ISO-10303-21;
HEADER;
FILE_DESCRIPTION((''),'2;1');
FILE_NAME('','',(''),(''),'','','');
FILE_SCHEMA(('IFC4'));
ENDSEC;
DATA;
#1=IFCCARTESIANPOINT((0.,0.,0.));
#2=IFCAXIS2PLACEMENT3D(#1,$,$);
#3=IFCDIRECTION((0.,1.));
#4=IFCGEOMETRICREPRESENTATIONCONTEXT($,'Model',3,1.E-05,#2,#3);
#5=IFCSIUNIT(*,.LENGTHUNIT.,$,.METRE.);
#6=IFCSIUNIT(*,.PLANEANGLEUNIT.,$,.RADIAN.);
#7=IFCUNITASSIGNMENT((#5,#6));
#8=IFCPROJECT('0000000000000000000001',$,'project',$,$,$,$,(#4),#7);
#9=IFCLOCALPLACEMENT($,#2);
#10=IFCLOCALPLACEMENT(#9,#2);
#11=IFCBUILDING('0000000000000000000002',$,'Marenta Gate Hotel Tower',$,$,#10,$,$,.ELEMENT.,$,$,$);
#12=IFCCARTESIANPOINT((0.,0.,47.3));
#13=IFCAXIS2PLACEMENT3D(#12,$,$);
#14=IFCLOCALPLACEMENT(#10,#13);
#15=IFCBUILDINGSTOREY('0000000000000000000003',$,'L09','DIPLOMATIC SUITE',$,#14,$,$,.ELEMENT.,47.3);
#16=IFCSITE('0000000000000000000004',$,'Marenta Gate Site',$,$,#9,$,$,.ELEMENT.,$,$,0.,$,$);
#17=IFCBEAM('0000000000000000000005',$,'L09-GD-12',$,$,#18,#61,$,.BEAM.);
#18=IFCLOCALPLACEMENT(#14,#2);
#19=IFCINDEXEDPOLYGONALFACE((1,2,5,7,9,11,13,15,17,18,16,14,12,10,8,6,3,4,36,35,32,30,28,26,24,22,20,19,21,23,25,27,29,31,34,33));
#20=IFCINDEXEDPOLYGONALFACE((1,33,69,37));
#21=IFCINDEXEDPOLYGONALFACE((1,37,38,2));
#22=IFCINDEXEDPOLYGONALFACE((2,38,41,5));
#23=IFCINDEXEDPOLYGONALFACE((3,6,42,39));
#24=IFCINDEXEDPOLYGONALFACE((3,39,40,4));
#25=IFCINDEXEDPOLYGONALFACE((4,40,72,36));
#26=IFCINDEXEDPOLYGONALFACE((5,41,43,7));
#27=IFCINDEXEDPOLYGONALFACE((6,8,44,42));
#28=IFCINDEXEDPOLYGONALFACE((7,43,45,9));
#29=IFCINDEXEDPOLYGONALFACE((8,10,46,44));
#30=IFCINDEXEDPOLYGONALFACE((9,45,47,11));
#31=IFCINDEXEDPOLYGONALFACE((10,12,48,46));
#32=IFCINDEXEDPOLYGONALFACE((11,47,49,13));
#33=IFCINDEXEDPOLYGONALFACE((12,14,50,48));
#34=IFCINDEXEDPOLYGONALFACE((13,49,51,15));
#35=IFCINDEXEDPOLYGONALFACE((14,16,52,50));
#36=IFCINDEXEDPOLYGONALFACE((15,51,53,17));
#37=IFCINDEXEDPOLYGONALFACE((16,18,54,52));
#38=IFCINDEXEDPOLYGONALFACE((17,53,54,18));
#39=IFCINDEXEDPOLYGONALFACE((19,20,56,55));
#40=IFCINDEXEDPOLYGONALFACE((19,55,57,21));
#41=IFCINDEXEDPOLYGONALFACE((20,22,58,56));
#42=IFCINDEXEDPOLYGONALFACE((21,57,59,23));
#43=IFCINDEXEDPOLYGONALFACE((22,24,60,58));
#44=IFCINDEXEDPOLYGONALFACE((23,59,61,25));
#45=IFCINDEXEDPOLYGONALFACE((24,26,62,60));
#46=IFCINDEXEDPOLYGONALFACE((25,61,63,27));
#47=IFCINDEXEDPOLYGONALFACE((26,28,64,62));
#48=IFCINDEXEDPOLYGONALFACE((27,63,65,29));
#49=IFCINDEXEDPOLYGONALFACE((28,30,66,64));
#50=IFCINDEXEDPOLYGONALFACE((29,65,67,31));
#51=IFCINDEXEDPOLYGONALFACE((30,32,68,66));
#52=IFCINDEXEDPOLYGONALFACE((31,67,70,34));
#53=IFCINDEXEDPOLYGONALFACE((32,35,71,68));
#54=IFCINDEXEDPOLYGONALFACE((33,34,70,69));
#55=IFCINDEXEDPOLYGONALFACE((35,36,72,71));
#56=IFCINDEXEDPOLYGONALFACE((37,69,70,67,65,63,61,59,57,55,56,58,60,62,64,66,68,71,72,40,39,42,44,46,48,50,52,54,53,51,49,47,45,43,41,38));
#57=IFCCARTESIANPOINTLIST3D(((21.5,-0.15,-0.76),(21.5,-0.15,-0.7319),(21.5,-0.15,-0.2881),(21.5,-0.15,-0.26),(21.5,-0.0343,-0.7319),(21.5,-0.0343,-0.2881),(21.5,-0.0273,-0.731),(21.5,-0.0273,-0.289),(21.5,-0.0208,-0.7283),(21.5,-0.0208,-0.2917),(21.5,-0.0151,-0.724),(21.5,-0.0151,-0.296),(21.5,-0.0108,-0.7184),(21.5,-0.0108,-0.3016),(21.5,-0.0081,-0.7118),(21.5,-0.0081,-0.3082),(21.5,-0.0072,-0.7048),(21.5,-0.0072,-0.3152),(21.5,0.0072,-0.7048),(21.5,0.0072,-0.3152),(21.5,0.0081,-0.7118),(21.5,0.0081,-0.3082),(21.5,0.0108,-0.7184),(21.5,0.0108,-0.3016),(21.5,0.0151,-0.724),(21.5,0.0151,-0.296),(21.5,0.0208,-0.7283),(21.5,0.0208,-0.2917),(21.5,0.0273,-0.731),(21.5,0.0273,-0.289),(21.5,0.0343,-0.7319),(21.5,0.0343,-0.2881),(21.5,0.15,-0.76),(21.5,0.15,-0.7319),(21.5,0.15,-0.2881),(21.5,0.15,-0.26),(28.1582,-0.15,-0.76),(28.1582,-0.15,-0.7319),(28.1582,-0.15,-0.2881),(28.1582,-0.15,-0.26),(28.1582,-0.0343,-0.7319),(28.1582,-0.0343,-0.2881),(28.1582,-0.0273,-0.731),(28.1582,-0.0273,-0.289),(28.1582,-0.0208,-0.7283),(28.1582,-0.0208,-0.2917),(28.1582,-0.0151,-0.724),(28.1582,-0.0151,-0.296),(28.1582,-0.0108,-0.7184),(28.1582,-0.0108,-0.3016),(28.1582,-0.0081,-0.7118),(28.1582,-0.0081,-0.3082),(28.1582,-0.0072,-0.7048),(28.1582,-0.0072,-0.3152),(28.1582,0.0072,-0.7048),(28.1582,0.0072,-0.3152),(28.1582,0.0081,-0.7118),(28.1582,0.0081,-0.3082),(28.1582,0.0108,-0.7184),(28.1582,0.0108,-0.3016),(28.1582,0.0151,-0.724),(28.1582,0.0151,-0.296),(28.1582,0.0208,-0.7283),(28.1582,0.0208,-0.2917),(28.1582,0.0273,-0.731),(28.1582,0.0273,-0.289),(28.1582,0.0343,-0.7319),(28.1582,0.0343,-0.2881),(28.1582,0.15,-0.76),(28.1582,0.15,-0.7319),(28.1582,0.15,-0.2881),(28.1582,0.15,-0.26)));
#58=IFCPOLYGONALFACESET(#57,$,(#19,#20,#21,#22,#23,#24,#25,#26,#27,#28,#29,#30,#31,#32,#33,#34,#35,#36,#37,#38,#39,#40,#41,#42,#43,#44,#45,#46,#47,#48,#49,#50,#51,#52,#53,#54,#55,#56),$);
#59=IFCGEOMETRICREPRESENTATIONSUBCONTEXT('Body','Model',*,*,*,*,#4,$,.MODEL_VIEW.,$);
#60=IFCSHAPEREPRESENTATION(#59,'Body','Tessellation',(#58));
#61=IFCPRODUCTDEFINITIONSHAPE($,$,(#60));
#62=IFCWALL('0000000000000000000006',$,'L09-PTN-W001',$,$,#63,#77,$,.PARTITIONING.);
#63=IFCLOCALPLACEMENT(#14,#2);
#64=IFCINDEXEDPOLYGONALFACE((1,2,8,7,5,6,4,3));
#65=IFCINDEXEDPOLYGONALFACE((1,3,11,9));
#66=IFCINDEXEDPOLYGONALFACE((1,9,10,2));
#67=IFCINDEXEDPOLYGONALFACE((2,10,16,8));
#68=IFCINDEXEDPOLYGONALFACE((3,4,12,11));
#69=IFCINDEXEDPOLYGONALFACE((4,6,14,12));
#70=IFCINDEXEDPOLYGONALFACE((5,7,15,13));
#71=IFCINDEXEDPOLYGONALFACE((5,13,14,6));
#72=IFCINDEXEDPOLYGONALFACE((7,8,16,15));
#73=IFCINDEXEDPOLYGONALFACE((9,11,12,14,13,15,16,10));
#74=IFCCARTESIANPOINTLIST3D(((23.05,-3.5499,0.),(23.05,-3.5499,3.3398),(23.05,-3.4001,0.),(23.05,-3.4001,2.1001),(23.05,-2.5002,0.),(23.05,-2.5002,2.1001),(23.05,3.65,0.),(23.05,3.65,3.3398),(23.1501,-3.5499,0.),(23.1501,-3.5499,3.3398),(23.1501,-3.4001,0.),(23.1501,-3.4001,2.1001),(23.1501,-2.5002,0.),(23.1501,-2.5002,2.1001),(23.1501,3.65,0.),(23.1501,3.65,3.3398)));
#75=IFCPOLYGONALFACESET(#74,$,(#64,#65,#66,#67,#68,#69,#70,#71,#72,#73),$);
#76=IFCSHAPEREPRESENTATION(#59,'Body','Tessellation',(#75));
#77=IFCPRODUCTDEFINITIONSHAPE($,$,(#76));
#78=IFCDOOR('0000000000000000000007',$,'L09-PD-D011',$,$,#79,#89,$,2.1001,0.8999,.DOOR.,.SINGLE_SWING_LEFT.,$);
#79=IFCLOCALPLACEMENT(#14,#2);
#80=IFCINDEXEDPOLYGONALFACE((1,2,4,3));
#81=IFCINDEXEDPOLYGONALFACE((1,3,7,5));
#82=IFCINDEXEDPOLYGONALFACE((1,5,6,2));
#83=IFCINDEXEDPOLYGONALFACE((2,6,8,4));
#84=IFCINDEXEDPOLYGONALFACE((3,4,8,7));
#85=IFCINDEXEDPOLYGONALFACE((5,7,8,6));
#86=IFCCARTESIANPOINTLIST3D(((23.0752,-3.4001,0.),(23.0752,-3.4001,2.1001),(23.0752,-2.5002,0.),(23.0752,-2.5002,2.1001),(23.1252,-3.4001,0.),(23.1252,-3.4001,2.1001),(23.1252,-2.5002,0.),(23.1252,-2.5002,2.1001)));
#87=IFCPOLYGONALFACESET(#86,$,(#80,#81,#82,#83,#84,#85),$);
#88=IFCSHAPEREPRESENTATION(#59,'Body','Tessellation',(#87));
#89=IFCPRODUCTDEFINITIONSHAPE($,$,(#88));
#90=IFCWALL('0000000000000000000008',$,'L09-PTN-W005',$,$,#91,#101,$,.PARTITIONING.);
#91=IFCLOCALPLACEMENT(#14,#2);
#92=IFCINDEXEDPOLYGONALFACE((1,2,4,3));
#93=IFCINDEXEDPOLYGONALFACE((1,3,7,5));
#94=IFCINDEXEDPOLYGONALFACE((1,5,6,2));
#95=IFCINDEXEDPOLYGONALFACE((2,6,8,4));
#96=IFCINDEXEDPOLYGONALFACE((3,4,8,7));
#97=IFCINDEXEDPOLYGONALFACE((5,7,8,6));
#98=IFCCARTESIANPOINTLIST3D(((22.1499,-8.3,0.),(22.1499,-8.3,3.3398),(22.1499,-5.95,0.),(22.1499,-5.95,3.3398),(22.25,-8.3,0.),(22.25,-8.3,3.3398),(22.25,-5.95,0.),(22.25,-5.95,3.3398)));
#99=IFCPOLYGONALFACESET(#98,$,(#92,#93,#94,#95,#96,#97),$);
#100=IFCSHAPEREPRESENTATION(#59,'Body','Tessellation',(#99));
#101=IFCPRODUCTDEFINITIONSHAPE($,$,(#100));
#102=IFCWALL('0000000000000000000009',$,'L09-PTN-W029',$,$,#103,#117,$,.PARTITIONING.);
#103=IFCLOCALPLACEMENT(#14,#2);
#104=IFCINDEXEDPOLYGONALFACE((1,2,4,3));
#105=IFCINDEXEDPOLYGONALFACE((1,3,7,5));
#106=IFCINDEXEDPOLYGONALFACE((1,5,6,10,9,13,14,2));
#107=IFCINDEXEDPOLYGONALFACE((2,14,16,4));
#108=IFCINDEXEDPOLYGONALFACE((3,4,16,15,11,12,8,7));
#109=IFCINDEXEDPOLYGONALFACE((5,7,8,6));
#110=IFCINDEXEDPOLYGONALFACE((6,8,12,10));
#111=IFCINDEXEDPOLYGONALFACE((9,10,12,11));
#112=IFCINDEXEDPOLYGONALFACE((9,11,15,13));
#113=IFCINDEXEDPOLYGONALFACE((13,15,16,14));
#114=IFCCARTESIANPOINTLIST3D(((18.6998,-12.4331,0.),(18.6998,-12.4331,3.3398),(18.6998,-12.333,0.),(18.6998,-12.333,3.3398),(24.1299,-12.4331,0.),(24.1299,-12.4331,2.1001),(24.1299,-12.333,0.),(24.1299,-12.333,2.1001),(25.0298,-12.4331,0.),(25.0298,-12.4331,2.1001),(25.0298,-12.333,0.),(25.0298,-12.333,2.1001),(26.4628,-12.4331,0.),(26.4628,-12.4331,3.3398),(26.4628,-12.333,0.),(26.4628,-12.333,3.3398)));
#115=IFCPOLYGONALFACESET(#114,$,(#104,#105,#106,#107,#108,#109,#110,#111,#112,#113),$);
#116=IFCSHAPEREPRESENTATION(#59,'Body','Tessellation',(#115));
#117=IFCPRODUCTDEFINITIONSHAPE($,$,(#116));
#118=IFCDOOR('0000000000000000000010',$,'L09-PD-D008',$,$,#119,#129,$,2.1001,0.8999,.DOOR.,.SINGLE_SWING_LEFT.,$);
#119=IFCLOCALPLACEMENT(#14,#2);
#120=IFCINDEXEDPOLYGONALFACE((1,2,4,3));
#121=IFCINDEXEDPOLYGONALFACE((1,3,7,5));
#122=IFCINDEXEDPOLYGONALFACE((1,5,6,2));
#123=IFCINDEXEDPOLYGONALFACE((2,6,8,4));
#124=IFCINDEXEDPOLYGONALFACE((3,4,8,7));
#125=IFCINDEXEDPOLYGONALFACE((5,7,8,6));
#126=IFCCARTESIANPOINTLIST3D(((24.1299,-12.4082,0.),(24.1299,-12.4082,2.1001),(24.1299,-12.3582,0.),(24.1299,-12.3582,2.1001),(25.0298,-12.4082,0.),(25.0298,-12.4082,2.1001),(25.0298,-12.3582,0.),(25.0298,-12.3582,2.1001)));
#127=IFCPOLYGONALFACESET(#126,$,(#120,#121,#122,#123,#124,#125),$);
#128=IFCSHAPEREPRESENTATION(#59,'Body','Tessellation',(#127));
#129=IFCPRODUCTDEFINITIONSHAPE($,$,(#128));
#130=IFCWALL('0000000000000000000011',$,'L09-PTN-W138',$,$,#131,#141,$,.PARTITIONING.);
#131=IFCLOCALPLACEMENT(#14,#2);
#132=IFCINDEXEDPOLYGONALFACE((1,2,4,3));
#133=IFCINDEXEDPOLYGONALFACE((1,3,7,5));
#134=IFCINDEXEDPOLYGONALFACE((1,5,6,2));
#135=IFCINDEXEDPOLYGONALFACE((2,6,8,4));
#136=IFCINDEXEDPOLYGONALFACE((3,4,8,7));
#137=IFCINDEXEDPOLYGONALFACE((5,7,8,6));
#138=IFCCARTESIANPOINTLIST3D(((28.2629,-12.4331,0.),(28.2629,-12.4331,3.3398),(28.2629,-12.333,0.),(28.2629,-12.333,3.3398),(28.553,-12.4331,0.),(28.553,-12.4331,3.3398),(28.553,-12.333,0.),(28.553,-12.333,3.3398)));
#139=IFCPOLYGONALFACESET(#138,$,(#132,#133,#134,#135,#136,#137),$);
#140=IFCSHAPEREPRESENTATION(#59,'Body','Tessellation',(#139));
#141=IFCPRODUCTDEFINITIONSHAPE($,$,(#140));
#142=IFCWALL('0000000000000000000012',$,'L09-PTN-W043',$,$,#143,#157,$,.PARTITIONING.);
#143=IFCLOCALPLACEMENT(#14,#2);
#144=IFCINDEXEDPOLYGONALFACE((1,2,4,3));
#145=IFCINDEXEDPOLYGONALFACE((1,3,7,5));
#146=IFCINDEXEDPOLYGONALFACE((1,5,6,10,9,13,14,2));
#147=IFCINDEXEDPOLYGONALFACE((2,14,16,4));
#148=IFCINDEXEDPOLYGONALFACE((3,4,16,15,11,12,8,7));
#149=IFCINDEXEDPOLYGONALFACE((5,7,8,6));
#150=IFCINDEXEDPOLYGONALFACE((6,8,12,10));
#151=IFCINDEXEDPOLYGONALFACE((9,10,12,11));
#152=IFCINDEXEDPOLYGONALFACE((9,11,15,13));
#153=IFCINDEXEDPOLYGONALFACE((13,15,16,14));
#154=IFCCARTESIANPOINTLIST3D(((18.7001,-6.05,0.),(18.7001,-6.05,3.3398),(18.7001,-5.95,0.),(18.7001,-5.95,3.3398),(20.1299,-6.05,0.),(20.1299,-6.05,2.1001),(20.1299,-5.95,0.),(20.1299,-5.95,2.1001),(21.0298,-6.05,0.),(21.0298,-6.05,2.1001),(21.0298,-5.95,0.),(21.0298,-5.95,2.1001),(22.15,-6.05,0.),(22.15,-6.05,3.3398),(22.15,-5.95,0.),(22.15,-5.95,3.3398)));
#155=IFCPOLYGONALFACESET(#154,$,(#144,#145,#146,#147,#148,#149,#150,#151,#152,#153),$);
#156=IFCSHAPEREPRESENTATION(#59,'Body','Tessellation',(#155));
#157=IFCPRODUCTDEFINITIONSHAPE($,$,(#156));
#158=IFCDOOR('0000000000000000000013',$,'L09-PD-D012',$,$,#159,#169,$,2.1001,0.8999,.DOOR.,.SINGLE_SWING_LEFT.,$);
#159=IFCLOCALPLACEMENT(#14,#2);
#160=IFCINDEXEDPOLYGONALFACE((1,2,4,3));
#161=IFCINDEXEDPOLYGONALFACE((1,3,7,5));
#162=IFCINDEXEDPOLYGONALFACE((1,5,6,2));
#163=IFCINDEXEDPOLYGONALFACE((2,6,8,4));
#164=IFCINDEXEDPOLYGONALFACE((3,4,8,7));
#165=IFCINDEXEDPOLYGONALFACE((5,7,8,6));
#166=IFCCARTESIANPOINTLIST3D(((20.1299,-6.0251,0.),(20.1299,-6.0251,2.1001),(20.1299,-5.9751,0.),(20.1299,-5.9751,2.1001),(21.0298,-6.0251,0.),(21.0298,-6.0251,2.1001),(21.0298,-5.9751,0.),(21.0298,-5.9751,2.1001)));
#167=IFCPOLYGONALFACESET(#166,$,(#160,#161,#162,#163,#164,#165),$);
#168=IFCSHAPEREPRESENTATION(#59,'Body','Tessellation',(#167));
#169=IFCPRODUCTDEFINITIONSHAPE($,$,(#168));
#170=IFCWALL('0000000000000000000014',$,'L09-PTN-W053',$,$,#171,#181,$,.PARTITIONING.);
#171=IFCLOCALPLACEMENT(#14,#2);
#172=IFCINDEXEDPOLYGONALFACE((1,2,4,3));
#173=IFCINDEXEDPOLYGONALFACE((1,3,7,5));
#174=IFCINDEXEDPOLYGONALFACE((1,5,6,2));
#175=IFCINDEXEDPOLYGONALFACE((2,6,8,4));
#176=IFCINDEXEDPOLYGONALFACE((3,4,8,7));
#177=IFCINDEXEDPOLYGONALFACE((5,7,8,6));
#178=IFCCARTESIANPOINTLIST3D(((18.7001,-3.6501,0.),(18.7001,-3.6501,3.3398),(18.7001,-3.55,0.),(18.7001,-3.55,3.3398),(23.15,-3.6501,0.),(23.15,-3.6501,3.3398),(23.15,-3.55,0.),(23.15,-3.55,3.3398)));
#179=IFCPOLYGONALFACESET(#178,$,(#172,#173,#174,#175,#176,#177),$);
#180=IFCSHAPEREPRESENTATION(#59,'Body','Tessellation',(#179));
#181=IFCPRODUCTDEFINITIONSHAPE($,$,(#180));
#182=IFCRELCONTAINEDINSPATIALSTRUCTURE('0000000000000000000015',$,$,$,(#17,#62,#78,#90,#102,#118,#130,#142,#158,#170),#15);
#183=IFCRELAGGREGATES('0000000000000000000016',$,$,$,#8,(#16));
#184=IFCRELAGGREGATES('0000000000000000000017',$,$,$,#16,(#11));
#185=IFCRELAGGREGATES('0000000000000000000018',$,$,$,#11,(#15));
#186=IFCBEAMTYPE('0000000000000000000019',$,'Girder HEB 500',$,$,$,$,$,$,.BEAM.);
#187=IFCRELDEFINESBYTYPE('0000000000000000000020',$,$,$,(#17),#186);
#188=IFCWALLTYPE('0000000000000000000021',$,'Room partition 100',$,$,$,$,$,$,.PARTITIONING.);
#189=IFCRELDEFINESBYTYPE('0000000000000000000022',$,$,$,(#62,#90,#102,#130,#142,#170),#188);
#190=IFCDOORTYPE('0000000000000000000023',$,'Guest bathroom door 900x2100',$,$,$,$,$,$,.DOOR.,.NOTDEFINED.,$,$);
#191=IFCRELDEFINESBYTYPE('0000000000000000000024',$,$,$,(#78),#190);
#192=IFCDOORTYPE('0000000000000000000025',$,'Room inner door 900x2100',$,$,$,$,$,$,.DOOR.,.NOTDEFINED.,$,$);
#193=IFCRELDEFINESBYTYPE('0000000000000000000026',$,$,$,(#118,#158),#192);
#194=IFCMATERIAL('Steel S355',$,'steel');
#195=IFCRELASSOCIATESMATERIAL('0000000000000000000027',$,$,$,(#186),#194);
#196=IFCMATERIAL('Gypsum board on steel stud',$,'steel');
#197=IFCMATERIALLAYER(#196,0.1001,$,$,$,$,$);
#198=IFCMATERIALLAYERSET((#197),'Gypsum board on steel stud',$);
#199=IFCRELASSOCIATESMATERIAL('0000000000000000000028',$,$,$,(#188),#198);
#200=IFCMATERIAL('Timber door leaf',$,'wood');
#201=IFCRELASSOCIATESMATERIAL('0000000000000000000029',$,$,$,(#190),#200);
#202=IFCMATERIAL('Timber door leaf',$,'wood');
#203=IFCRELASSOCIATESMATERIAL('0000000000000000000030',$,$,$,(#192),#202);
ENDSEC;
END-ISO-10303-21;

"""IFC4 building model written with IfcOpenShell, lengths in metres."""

from ifc_helpers import new_model, si_unit, direction, frame, frame_2d, origin, origin_2d, place, context, subcontext, project, spatial, rectangle, i_section, extrude, material, layer, layer_set, material_profile, profile_set, type_object, element, fill, save


model = new_model("IFC4")

# Units and contexts
model_context = context("Model", 3, precision=1e-05, world=origin(), true_north=direction((0.0, 1.0)))
body_context = subcontext(model_context, "Body", "Model", "MODEL_VIEW")
ifc_project = project(units=[si_unit("LENGTHUNIT", "METRE"), si_unit("PLANEANGLEUNIT", "RADIAN")], contexts=[model_context])

# Site, building, storey
site_placement = place(None, origin())
site = spatial("IfcSite", under=ifc_project, at=site_placement, Name="Marenta Gate Site", CompositionType="ELEMENT", RefElevation=0.0)
building_placement = place(site_placement, origin())
building = spatial("IfcBuilding", under=site, at=building_placement, Name="Marenta Gate Hotel Tower", CompositionType="ELEMENT")
storey_placement = place(building_placement, frame((0.0, 0.0, 47.3)))
storey = spatial("IfcBuildingStorey", under=building, at=storey_placement, Name="L09", Description="DIPLOMATIC SUITE", CompositionType="ELEMENT", Elevation=47.3)

# Beam
ifc_material_1 = material(Name="Steel S355", Category="steel")
ifc_material_profile_1 = material_profile(ifc_material_1, i_section(OverallWidth=0.3, OverallDepth=0.5, WebThickness=0.0144, FlangeThickness=0.0281, FilletRadius=0.0271, at=origin_2d()), Name="HEB 500")
ifc_profile_set_1 = profile_set([ifc_material_profile_1], Name="Steel S355")
beam_type_1 = type_object("IfcBeamType", Name="Girder HEB 500", PredefinedType="BEAM", material=ifc_profile_set_1)
beam_1_placement = place(storey_placement, frame((21.5, 0.0, -0.51), z_axis=(1.0, 0.0, 0.0), x_axis=(0.0, 1.0, 0.0)))
element("IfcBeam", 1, at=beam_1_placement, inside=storey, type_object=beam_type_1, Name="L09-GD-12", PredefinedType="BEAM", context=body_context, shape_type="SweptSolid", body=[
    extrude(i_section(OverallWidth=0.3, OverallDepth=0.5, WebThickness=0.0144, FlangeThickness=0.0281, FilletRadius=0.0271, at=origin_2d()), origin(), (0.0, 0.0, 1.0), 6.6582),
])

# Wall, opening, door
ifc_material_2 = material(Name="Gypsum board on steel stud", Category="steel")
ifc_layer_1 = layer(ifc_material_2, 0.1001)
ifc_layer_set_1 = layer_set([ifc_layer_1], Name="Gypsum board on steel stud")
wall_type_1 = type_object("IfcWallType", Name="Room partition 100", PredefinedType="PARTITIONING", material=ifc_layer_set_1)
wall_1_placement = place(storey_placement, frame((23.1001, -3.55, 0.0), z_axis=(0.0, 0.0, 1.0), x_axis=(0.0, 1.0, 0.0)))
wall_1 = element("IfcWall", 2, at=wall_1_placement, inside=storey, type_object=wall_type_1, Name="L09-PTN-W001", PredefinedType="PARTITIONING", context=body_context, shape_type="SweptSolid", body=[
    extrude(rectangle(XDim=7.2, YDim=0.1001, at=frame_2d((3.6001, 0.0))), origin(), (0.0, 0.0, 1.0), 3.3398),
])
opening_1_placement = place(wall_1_placement, frame((0.1499, 0.0, 0.0)))
opening_1 = element("IfcOpeningElement", 3, at=opening_1_placement, cuts=wall_1, PredefinedType="OPENING", context=body_context, shape_type="SweptSolid", body=[
    extrude(rectangle(XDim=0.8999, YDim=2.1001, at=frame_2d((0.45, 1.05))), frame((0.0, 0.05, 0.0), z_axis=(0.0, -1.0, 0.0), x_axis=(1.0, 0.0, 0.0)), (0.0, 0.0, 1.0), 0.1001),
])
ifc_material_3 = material(Name="Timber door leaf", Category="wood")
door_type_1 = type_object("IfcDoorType", Name="Guest bathroom door 900x2100", OperationType="NOTDEFINED", PredefinedType="DOOR", material=ifc_material_3)
door_1_placement = place(opening_1_placement, origin())
door_1 = element("IfcDoor", 4, at=door_1_placement, inside=storey, type_object=door_type_1, Name="L09-PD-D011", OperationType="SINGLE_SWING_LEFT", OverallHeight=2.1001, OverallWidth=0.8999, PredefinedType="DOOR", context=body_context, shape_type="SweptSolid", body=[
    extrude(rectangle(XDim=0.8999, YDim=2.1001, at=frame_2d((0.45, 1.05))), frame((0.0, 0.0249, 0.0), z_axis=(0.0, -1.0, 0.0), x_axis=(1.0, 0.0, 0.0)), (0.0, 0.0, 1.0), 0.05),
])
fill(opening_1, door_1)

# Wall
wall_2_placement = place(storey_placement, frame((22.2, -8.3, 0.0), z_axis=(0.0, 0.0, 1.0), x_axis=(0.0, 1.0, 0.0)))
element("IfcWall", 5, at=wall_2_placement, inside=storey, type_object=wall_type_1, Name="L09-PTN-W005", PredefinedType="PARTITIONING", context=body_context, shape_type="SweptSolid", body=[
    extrude(rectangle(XDim=2.3501, YDim=0.1001, at=frame_2d((1.175, 0.0))), origin(), (0.0, 0.0, 1.0), 3.3398),
])

# Wall, opening, door
wall_3_placement = place(storey_placement, frame((18.7, -12.3831, 0.0), z_axis=(0.0, 0.0, 1.0), x_axis=(1.0, 0.0, 0.0)))
wall_3 = element("IfcWall", 6, at=wall_3_placement, inside=storey, type_object=wall_type_1, Name="L09-PTN-W029", PredefinedType="PARTITIONING", context=body_context, shape_type="SweptSolid", body=[
    extrude(rectangle(XDim=7.7629, YDim=0.1001, at=frame_2d((3.8813, 0.0))), origin(), (0.0, 0.0, 1.0), 3.3398),
])
opening_2_placement = place(wall_3_placement, frame((5.4299, 0.0, 0.0)))
opening_2 = element("IfcOpeningElement", 7, at=opening_2_placement, cuts=wall_3, PredefinedType="OPENING", context=body_context, shape_type="SweptSolid", body=[
    extrude(rectangle(XDim=0.8999, YDim=2.1001, at=frame_2d((0.45, 1.05))), frame((0.0, 0.05, 0.0), z_axis=(0.0, -1.0, 0.0), x_axis=(1.0, 0.0, 0.0)), (0.0, 0.0, 1.0), 0.1001),
])
ifc_material_4 = material(Name="Timber door leaf", Category="wood")
door_type_2 = type_object("IfcDoorType", Name="Room inner door 900x2100", OperationType="NOTDEFINED", PredefinedType="DOOR", material=ifc_material_4)
door_2_placement = place(opening_2_placement, origin())
door_2 = element("IfcDoor", 8, at=door_2_placement, inside=storey, type_object=door_type_2, Name="L09-PD-D008", OperationType="SINGLE_SWING_LEFT", OverallHeight=2.1001, OverallWidth=0.8999, PredefinedType="DOOR", context=body_context, shape_type="SweptSolid", body=[
    extrude(rectangle(XDim=0.8999, YDim=2.1001, at=frame_2d((0.45, 1.05))), frame((0.0, 0.0249, 0.0), z_axis=(0.0, -1.0, 0.0), x_axis=(1.0, 0.0, 0.0)), (0.0, 0.0, 1.0), 0.05),
])
fill(opening_2, door_2)

# Wall
wall_4_placement = place(storey_placement, frame((28.2629, -12.3831, 0.0), z_axis=(0.0, 0.0, 1.0), x_axis=(1.0, 0.0, 0.0)))
element("IfcWall", 9, at=wall_4_placement, inside=storey, type_object=wall_type_1, Name="L09-PTN-W138", PredefinedType="PARTITIONING", context=body_context, shape_type="SweptSolid", body=[
    extrude(rectangle(XDim=0.29, YDim=0.1001, at=frame_2d((0.145, 0.0))), origin(), (0.0, 0.0, 1.0), 3.3398),
])

# Wall, opening, door
wall_5_placement = place(storey_placement, frame((18.7, -6.0, 0.0), z_axis=(0.0, 0.0, 1.0), x_axis=(1.0, 0.0, 0.0)))
wall_5 = element("IfcWall", 10, at=wall_5_placement, inside=storey, type_object=wall_type_1, Name="L09-PTN-W043", PredefinedType="PARTITIONING", context=body_context, shape_type="SweptSolid", body=[
    extrude(rectangle(XDim=3.45, YDim=0.1001, at=frame_2d((1.7251, 0.0))), origin(), (0.0, 0.0, 1.0), 3.3398),
])
opening_3_placement = place(wall_5_placement, frame((1.4299, 0.0, 0.0)))
opening_3 = element("IfcOpeningElement", 11, at=opening_3_placement, cuts=wall_5, PredefinedType="OPENING", context=body_context, shape_type="SweptSolid", body=[
    extrude(rectangle(XDim=0.8999, YDim=2.1001, at=frame_2d((0.45, 1.05))), frame((0.0, 0.05, 0.0), z_axis=(0.0, -1.0, 0.0), x_axis=(1.0, 0.0, 0.0)), (0.0, 0.0, 1.0), 0.1001),
])
door_3_placement = place(opening_3_placement, origin())
door_3 = element("IfcDoor", 12, at=door_3_placement, inside=storey, type_object=door_type_2, Name="L09-PD-D012", OperationType="SINGLE_SWING_LEFT", OverallHeight=2.1001, OverallWidth=0.8999, PredefinedType="DOOR", context=body_context, shape_type="SweptSolid", body=[
    extrude(rectangle(XDim=0.8999, YDim=2.1001, at=frame_2d((0.45, 1.05))), frame((0.0, 0.0249, 0.0), z_axis=(0.0, -1.0, 0.0), x_axis=(1.0, 0.0, 0.0)), (0.0, 0.0, 1.0), 0.05),
])
fill(opening_3, door_3)

# Wall
wall_6_placement = place(storey_placement, frame((18.7, -3.6001, 0.0), z_axis=(0.0, 0.0, 1.0), x_axis=(1.0, 0.0, 0.0)))
element("IfcWall", 13, at=wall_6_placement, inside=storey, type_object=wall_type_1, Name="L09-PTN-W053", PredefinedType="PARTITIONING", context=body_context, shape_type="SweptSolid", body=[
    extrude(rectangle(XDim=4.45, YDim=0.1001, at=frame_2d((2.2251, 0.0))), origin(), (0.0, 0.0, 1.0), 3.3398),
])

save(model, "model.ifc")
